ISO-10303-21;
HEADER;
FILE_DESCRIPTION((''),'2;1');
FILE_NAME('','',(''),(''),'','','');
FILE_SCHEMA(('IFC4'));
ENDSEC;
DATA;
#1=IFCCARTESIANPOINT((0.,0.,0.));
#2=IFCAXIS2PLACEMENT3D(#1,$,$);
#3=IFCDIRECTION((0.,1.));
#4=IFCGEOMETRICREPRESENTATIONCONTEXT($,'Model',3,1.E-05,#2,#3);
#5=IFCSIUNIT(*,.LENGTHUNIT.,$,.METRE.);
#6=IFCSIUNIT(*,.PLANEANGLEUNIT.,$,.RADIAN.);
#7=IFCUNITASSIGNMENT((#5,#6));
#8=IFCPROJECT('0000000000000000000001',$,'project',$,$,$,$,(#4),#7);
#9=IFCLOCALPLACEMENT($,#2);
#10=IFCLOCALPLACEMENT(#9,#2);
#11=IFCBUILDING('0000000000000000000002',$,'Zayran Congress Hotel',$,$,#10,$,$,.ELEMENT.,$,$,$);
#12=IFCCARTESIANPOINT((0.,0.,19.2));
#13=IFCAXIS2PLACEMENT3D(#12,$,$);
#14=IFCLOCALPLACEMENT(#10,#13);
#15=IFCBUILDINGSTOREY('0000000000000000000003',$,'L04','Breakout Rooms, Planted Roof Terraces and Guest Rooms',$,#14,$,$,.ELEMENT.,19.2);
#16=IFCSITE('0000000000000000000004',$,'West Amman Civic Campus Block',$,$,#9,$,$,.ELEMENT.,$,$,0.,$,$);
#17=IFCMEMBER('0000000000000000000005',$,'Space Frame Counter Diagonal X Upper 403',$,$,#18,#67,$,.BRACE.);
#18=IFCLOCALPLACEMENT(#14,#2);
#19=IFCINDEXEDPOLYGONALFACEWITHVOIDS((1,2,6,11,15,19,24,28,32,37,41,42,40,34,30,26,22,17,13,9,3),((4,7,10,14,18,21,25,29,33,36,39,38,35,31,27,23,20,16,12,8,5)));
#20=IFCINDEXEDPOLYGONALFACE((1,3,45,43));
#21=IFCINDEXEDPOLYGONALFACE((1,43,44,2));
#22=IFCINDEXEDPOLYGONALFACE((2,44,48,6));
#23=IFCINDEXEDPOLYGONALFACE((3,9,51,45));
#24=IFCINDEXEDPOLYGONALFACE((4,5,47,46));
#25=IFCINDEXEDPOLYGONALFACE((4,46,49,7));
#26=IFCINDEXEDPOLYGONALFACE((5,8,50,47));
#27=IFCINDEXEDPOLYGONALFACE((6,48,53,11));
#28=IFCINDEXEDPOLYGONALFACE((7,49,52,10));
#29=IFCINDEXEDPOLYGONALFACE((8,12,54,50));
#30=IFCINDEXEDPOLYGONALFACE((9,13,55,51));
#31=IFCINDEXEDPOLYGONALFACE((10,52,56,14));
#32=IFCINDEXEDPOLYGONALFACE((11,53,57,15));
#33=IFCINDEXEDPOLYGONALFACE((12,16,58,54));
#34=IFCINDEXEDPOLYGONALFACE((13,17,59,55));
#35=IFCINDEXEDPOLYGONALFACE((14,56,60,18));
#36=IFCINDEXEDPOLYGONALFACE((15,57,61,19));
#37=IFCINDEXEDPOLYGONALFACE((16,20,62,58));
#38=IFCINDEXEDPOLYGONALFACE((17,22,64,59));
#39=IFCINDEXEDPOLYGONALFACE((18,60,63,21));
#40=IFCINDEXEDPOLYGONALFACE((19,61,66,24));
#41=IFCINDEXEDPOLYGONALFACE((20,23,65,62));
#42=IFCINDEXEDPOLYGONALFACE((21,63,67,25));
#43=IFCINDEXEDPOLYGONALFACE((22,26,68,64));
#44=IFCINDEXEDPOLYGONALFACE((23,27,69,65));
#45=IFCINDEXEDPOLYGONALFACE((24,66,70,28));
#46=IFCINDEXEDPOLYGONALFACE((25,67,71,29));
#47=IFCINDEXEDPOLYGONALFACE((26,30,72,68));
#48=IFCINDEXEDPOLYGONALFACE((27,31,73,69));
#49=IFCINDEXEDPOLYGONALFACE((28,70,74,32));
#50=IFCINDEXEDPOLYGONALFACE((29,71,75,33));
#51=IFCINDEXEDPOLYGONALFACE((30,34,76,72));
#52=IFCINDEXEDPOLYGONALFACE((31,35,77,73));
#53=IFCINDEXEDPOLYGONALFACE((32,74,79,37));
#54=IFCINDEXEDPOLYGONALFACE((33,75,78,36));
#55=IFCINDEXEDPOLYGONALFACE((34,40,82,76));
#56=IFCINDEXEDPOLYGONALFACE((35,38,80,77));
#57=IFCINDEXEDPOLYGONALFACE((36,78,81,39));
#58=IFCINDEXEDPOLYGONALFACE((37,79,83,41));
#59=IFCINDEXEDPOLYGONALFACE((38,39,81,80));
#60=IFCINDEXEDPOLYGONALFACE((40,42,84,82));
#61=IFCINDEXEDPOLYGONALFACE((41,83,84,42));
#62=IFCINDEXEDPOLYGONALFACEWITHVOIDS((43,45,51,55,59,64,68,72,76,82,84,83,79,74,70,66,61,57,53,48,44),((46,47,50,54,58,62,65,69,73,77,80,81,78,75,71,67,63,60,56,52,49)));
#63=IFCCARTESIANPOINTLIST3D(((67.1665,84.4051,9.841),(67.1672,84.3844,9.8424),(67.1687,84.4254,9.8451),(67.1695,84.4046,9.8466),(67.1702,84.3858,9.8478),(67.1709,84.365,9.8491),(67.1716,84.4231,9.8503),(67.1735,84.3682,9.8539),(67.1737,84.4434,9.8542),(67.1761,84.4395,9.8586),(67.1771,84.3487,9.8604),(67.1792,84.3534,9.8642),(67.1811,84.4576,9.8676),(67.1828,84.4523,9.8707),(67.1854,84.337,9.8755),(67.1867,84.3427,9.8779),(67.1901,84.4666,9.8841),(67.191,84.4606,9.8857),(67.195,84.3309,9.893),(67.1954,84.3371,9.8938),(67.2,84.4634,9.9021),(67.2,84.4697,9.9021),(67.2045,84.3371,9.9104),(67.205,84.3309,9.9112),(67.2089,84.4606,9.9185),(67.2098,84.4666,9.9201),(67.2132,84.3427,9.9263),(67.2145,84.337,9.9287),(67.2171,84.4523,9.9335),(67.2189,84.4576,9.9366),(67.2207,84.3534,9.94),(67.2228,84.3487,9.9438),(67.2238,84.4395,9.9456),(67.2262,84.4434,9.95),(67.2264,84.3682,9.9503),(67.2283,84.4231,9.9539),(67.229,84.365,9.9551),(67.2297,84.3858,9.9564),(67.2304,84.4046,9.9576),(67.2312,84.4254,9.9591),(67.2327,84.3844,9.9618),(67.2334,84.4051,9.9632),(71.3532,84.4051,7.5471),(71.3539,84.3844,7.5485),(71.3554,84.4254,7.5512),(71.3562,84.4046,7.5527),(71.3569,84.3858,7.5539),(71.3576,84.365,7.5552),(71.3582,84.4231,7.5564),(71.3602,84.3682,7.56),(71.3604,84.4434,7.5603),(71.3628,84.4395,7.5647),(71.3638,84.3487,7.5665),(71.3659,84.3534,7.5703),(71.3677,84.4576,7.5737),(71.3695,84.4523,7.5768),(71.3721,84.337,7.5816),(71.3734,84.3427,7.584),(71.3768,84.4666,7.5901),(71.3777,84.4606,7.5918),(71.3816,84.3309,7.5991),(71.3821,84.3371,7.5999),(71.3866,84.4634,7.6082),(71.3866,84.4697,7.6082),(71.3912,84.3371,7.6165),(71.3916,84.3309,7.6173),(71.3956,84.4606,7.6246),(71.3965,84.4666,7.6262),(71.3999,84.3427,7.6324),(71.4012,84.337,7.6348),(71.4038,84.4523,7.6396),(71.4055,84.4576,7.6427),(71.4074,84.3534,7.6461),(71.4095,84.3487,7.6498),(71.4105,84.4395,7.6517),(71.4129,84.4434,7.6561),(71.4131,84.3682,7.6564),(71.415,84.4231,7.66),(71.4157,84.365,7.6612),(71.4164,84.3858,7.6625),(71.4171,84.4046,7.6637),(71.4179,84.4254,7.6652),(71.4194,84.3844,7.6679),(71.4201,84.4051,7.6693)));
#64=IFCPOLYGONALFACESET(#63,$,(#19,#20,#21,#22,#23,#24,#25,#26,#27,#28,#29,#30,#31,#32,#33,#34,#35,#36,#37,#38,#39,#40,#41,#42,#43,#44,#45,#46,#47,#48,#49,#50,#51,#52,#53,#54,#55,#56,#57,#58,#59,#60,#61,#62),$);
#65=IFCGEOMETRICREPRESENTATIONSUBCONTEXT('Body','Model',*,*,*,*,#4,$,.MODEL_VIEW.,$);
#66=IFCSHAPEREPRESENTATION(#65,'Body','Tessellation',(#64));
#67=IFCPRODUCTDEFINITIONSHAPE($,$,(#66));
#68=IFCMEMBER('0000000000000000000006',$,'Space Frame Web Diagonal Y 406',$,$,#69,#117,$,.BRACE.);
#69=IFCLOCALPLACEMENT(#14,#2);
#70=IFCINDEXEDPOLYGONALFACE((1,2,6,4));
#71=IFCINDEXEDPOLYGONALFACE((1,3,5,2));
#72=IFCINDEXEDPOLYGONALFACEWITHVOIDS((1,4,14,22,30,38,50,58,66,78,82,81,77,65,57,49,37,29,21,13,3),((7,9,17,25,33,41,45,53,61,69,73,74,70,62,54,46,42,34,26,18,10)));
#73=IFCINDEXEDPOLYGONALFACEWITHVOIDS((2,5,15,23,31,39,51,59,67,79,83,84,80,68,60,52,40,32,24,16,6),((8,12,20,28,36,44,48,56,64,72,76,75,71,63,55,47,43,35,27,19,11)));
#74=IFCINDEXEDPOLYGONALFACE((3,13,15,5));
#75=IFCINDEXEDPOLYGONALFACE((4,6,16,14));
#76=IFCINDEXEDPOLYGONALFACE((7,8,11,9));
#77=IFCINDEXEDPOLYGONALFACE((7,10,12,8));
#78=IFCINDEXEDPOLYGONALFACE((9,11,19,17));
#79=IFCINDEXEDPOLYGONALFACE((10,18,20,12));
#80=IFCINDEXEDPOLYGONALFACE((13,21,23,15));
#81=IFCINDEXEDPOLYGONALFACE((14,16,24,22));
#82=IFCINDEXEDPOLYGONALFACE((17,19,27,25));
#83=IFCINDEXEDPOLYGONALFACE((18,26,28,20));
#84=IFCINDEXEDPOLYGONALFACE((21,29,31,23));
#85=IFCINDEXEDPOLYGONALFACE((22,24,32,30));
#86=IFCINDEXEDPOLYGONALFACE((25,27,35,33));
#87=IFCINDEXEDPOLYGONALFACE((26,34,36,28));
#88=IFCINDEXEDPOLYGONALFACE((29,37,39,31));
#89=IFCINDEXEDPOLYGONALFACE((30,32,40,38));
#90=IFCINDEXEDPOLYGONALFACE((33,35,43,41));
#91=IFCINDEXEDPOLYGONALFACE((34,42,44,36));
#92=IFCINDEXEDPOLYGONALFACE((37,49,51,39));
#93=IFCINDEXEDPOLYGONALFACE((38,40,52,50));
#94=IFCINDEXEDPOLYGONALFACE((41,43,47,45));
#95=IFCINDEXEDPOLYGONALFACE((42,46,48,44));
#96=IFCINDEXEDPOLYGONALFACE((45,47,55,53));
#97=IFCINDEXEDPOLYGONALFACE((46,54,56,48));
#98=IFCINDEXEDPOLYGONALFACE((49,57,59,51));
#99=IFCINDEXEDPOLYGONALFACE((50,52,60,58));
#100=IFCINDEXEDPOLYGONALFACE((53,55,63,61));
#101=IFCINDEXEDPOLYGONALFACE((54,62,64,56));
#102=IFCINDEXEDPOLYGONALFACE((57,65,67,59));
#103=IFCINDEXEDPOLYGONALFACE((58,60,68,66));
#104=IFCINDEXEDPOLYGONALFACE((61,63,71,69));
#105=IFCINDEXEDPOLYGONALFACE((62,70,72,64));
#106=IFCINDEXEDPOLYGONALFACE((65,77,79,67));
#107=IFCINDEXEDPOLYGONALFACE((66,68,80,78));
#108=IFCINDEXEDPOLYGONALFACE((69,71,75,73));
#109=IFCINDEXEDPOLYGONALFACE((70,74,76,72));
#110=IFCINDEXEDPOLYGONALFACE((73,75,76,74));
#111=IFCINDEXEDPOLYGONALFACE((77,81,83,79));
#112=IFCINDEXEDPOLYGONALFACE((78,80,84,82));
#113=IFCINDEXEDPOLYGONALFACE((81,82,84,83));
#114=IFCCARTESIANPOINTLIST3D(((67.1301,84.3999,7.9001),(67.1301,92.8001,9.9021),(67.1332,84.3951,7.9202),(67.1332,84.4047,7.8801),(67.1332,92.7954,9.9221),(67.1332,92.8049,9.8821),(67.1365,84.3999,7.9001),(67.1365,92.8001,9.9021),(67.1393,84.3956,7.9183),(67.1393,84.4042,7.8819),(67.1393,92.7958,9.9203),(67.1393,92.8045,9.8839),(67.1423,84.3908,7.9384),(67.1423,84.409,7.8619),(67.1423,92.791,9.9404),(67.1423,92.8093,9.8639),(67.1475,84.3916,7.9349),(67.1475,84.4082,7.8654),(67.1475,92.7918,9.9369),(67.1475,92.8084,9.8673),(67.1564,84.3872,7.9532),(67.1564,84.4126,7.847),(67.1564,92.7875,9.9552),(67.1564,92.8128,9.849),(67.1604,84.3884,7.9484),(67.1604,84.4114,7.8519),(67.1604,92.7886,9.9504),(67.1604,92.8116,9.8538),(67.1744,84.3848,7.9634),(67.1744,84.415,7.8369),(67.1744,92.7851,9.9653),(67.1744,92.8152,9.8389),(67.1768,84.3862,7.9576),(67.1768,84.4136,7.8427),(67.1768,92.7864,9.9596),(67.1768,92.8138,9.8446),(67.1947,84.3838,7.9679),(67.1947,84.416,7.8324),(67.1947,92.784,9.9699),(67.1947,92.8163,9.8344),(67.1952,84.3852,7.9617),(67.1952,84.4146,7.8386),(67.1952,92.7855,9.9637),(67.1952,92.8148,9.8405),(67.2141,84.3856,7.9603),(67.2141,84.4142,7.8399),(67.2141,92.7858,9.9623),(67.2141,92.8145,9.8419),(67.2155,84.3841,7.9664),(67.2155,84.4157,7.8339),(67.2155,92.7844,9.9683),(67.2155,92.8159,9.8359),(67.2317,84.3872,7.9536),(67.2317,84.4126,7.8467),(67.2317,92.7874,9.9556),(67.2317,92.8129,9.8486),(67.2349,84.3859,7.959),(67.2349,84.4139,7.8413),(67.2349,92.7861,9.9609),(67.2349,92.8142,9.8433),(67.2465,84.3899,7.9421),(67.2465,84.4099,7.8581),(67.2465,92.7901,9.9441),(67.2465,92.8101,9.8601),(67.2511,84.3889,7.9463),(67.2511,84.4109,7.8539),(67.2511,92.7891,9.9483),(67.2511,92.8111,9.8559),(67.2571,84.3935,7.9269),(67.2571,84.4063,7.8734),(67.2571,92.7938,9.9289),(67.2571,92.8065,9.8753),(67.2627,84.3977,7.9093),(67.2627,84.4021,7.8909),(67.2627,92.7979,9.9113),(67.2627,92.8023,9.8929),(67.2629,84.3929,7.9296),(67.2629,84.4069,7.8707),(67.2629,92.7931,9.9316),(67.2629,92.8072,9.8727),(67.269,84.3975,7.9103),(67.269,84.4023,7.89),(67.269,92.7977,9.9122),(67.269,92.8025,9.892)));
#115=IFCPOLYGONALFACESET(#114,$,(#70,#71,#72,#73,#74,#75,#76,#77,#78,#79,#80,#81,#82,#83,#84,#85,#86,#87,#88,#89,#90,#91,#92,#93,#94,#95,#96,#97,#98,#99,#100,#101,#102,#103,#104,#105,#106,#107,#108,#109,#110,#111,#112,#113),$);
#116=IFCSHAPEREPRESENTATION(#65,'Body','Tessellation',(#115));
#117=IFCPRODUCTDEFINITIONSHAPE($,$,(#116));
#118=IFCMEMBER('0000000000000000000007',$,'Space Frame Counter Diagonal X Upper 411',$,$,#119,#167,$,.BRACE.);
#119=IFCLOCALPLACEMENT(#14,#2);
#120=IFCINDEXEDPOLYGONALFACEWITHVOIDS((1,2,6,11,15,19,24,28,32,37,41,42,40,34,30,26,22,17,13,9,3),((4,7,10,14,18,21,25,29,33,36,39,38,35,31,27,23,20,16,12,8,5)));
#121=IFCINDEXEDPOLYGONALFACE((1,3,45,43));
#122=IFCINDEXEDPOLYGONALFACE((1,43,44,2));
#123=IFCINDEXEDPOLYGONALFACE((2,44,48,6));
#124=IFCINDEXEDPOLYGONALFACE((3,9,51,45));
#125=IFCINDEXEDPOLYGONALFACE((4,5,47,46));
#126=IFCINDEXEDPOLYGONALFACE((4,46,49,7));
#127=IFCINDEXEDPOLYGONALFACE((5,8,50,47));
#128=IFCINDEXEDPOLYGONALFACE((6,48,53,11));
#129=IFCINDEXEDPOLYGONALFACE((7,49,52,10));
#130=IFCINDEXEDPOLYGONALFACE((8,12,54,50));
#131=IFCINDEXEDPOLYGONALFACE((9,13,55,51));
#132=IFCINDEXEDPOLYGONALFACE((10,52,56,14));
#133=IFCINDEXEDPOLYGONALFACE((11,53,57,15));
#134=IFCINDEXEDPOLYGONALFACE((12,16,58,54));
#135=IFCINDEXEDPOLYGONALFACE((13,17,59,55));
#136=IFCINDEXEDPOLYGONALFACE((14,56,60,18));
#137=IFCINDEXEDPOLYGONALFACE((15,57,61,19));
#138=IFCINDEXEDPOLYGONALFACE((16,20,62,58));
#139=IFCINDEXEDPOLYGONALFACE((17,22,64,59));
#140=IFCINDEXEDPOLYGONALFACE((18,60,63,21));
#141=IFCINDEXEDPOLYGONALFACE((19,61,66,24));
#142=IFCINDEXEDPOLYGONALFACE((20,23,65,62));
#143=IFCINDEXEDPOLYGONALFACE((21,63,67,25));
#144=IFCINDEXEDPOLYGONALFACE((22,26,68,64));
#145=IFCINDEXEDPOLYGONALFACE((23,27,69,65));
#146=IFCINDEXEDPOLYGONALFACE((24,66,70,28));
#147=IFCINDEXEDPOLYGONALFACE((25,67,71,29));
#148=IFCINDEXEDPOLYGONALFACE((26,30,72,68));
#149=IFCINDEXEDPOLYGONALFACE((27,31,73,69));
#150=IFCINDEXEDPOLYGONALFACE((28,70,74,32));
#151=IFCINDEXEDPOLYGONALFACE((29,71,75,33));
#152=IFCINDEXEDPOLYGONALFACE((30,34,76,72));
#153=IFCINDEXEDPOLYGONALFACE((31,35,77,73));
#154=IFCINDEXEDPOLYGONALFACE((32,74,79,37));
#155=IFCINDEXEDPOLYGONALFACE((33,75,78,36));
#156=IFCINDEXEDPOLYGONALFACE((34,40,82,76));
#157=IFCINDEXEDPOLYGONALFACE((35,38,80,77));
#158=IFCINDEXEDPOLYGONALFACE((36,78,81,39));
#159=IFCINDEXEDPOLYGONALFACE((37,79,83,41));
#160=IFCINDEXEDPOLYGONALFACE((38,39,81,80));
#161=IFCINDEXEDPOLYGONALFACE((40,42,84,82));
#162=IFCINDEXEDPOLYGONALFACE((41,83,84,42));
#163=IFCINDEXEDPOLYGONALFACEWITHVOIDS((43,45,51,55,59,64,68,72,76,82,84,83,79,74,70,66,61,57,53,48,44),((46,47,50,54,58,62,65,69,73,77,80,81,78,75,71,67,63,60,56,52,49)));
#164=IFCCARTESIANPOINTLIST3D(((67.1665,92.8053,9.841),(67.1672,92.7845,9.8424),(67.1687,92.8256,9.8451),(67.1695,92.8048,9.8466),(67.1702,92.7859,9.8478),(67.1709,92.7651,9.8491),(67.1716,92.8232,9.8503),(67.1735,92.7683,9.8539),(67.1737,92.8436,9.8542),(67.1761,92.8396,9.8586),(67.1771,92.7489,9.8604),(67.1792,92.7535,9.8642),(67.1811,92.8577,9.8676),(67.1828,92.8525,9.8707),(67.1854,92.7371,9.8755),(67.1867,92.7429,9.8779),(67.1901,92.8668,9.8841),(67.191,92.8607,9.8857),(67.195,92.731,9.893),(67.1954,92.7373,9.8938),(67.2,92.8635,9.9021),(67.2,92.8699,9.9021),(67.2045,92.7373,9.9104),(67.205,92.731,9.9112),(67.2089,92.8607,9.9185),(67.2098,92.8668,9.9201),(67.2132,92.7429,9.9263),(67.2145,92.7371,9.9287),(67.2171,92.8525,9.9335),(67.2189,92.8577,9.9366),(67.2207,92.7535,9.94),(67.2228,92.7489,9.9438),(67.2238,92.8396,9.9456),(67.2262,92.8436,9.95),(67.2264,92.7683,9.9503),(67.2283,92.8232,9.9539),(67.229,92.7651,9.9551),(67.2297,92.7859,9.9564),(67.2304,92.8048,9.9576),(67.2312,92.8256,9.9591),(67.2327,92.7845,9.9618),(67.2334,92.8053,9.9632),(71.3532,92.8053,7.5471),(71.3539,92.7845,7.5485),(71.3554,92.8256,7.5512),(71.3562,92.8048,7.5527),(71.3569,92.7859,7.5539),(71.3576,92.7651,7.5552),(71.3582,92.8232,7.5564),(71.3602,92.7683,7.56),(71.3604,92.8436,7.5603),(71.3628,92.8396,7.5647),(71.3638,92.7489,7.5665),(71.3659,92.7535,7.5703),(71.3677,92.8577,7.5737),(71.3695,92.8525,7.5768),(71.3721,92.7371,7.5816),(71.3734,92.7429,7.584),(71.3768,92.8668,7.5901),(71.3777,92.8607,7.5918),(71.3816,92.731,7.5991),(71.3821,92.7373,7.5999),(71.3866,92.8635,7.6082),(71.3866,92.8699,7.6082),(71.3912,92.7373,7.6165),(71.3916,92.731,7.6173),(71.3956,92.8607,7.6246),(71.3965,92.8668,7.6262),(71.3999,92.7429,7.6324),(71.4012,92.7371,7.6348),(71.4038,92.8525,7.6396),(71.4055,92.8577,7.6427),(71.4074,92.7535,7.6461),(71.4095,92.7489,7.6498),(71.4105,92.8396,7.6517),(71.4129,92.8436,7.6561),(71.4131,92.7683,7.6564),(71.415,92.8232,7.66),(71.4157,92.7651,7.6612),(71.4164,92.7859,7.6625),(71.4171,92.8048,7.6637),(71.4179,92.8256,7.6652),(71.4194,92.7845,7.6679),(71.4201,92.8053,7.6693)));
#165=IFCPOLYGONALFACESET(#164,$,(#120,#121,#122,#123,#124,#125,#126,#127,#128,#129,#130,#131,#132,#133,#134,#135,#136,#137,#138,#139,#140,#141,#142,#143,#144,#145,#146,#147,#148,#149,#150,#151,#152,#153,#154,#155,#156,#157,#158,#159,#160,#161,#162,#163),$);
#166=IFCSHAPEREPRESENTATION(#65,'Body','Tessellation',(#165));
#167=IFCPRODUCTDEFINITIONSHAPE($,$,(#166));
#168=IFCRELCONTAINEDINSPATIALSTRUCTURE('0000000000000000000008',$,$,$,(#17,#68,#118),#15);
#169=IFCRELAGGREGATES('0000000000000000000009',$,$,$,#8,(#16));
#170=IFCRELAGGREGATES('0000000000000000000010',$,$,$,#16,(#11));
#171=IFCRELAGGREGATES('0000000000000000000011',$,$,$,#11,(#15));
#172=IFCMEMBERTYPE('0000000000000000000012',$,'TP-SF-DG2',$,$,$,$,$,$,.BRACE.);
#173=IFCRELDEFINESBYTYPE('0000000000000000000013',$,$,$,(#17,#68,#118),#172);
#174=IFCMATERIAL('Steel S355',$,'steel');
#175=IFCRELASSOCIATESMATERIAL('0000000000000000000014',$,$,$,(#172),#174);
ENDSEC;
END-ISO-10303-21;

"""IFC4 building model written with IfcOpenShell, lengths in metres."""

from ifc_helpers import new_model, si_unit, direction, frame, origin, origin_2d, place, context, subcontext, project, spatial, hollow_circle, extrude, material, material_profile, profile_set, type_object, element, save


model = new_model("IFC4")

# Units and contexts
model_context = context("Model", 3, precision=1e-05, world=origin(), true_north=direction((0.0, 1.0)))
body_context = subcontext(model_context, "Body", "Model", "MODEL_VIEW")
ifc_project = project(units=[si_unit("LENGTHUNIT", "METRE"), si_unit("PLANEANGLEUNIT", "RADIAN")], contexts=[model_context])

# Site, building, storey
site_placement = place(None, origin())
site = spatial("IfcSite", under=ifc_project, at=site_placement, Name="West Amman Civic Campus Block", CompositionType="ELEMENT", RefElevation=0.0)
building_placement = place(site_placement, origin())
building = spatial("IfcBuilding", under=site, at=building_placement, Name="Zayran Congress Hotel", CompositionType="ELEMENT")
storey_placement = place(building_placement, frame((0.0, 0.0, 19.2)))
storey = spatial("IfcBuildingStorey", under=building, at=storey_placement, Name="L04", Description="Breakout Rooms, Planted Roof Terraces and Guest Rooms", CompositionType="ELEMENT", Elevation=19.2)

# Members
ifc_material_1 = material(Name="Steel S355", Category="steel")
ifc_material_profile_1 = material_profile(ifc_material_1, hollow_circle(Radius=0.0698, WallThickness=0.0063, at=origin_2d()), Name="CHS 139.7x6.3")
ifc_profile_set_1 = profile_set([ifc_material_profile_1], Name="Steel S355")
member_type_1 = type_object("IfcMemberType", Name="TP-SF-DG2", PredefinedType="BRACE", material=ifc_profile_set_1)
member_1_placement = place(storey_placement, frame((67.2, 84.3999, 9.9021), z_axis=(0.876991, 0.0, -0.480507), x_axis=(0.0, 1.0, 0.0)))
element("IfcMember", 1, at=member_1_placement, inside=storey, type_object=member_type_1, Name="Space Frame Counter Diagonal X Upper 403", PredefinedType="BRACE", context=body_context, shape_type="SweptSolid", body=[
    extrude(hollow_circle(Radius=0.0698, WallThickness=0.0063, at=origin_2d()), origin(), (0.0, 0.0, 1.0), 4.7739),
])
member_2_placement = place(storey_placement, frame((67.2, 84.3999, 7.9001), z_axis=(0.0, 0.972756, 0.231831), x_axis=(-1.0, 0.0, 0.0)))
element("IfcMember", 2, at=member_2_placement, inside=storey, type_object=member_type_1, Name="Space Frame Web Diagonal Y 406", PredefinedType="BRACE", context=body_context, shape_type="SweptSolid", body=[
    extrude(hollow_circle(Radius=0.0698, WallThickness=0.0063, at=origin_2d()), origin(), (0.0, 0.0, 1.0), 8.6355),
])
member_3_placement = place(storey_placement, frame((67.2, 92.8, 9.9021), z_axis=(0.876991, 0.0, -0.480507), x_axis=(0.0, 1.0, 0.0)))
element("IfcMember", 3, at=member_3_placement, inside=storey, type_object=member_type_1, Name="Space Frame Counter Diagonal X Upper 411", PredefinedType="BRACE", context=body_context, shape_type="SweptSolid", body=[
    extrude(hollow_circle(Radius=0.0698, WallThickness=0.0063, at=origin_2d()), origin(), (0.0, 0.0, 1.0), 4.7739),
])

save(model, "model.ifc")
